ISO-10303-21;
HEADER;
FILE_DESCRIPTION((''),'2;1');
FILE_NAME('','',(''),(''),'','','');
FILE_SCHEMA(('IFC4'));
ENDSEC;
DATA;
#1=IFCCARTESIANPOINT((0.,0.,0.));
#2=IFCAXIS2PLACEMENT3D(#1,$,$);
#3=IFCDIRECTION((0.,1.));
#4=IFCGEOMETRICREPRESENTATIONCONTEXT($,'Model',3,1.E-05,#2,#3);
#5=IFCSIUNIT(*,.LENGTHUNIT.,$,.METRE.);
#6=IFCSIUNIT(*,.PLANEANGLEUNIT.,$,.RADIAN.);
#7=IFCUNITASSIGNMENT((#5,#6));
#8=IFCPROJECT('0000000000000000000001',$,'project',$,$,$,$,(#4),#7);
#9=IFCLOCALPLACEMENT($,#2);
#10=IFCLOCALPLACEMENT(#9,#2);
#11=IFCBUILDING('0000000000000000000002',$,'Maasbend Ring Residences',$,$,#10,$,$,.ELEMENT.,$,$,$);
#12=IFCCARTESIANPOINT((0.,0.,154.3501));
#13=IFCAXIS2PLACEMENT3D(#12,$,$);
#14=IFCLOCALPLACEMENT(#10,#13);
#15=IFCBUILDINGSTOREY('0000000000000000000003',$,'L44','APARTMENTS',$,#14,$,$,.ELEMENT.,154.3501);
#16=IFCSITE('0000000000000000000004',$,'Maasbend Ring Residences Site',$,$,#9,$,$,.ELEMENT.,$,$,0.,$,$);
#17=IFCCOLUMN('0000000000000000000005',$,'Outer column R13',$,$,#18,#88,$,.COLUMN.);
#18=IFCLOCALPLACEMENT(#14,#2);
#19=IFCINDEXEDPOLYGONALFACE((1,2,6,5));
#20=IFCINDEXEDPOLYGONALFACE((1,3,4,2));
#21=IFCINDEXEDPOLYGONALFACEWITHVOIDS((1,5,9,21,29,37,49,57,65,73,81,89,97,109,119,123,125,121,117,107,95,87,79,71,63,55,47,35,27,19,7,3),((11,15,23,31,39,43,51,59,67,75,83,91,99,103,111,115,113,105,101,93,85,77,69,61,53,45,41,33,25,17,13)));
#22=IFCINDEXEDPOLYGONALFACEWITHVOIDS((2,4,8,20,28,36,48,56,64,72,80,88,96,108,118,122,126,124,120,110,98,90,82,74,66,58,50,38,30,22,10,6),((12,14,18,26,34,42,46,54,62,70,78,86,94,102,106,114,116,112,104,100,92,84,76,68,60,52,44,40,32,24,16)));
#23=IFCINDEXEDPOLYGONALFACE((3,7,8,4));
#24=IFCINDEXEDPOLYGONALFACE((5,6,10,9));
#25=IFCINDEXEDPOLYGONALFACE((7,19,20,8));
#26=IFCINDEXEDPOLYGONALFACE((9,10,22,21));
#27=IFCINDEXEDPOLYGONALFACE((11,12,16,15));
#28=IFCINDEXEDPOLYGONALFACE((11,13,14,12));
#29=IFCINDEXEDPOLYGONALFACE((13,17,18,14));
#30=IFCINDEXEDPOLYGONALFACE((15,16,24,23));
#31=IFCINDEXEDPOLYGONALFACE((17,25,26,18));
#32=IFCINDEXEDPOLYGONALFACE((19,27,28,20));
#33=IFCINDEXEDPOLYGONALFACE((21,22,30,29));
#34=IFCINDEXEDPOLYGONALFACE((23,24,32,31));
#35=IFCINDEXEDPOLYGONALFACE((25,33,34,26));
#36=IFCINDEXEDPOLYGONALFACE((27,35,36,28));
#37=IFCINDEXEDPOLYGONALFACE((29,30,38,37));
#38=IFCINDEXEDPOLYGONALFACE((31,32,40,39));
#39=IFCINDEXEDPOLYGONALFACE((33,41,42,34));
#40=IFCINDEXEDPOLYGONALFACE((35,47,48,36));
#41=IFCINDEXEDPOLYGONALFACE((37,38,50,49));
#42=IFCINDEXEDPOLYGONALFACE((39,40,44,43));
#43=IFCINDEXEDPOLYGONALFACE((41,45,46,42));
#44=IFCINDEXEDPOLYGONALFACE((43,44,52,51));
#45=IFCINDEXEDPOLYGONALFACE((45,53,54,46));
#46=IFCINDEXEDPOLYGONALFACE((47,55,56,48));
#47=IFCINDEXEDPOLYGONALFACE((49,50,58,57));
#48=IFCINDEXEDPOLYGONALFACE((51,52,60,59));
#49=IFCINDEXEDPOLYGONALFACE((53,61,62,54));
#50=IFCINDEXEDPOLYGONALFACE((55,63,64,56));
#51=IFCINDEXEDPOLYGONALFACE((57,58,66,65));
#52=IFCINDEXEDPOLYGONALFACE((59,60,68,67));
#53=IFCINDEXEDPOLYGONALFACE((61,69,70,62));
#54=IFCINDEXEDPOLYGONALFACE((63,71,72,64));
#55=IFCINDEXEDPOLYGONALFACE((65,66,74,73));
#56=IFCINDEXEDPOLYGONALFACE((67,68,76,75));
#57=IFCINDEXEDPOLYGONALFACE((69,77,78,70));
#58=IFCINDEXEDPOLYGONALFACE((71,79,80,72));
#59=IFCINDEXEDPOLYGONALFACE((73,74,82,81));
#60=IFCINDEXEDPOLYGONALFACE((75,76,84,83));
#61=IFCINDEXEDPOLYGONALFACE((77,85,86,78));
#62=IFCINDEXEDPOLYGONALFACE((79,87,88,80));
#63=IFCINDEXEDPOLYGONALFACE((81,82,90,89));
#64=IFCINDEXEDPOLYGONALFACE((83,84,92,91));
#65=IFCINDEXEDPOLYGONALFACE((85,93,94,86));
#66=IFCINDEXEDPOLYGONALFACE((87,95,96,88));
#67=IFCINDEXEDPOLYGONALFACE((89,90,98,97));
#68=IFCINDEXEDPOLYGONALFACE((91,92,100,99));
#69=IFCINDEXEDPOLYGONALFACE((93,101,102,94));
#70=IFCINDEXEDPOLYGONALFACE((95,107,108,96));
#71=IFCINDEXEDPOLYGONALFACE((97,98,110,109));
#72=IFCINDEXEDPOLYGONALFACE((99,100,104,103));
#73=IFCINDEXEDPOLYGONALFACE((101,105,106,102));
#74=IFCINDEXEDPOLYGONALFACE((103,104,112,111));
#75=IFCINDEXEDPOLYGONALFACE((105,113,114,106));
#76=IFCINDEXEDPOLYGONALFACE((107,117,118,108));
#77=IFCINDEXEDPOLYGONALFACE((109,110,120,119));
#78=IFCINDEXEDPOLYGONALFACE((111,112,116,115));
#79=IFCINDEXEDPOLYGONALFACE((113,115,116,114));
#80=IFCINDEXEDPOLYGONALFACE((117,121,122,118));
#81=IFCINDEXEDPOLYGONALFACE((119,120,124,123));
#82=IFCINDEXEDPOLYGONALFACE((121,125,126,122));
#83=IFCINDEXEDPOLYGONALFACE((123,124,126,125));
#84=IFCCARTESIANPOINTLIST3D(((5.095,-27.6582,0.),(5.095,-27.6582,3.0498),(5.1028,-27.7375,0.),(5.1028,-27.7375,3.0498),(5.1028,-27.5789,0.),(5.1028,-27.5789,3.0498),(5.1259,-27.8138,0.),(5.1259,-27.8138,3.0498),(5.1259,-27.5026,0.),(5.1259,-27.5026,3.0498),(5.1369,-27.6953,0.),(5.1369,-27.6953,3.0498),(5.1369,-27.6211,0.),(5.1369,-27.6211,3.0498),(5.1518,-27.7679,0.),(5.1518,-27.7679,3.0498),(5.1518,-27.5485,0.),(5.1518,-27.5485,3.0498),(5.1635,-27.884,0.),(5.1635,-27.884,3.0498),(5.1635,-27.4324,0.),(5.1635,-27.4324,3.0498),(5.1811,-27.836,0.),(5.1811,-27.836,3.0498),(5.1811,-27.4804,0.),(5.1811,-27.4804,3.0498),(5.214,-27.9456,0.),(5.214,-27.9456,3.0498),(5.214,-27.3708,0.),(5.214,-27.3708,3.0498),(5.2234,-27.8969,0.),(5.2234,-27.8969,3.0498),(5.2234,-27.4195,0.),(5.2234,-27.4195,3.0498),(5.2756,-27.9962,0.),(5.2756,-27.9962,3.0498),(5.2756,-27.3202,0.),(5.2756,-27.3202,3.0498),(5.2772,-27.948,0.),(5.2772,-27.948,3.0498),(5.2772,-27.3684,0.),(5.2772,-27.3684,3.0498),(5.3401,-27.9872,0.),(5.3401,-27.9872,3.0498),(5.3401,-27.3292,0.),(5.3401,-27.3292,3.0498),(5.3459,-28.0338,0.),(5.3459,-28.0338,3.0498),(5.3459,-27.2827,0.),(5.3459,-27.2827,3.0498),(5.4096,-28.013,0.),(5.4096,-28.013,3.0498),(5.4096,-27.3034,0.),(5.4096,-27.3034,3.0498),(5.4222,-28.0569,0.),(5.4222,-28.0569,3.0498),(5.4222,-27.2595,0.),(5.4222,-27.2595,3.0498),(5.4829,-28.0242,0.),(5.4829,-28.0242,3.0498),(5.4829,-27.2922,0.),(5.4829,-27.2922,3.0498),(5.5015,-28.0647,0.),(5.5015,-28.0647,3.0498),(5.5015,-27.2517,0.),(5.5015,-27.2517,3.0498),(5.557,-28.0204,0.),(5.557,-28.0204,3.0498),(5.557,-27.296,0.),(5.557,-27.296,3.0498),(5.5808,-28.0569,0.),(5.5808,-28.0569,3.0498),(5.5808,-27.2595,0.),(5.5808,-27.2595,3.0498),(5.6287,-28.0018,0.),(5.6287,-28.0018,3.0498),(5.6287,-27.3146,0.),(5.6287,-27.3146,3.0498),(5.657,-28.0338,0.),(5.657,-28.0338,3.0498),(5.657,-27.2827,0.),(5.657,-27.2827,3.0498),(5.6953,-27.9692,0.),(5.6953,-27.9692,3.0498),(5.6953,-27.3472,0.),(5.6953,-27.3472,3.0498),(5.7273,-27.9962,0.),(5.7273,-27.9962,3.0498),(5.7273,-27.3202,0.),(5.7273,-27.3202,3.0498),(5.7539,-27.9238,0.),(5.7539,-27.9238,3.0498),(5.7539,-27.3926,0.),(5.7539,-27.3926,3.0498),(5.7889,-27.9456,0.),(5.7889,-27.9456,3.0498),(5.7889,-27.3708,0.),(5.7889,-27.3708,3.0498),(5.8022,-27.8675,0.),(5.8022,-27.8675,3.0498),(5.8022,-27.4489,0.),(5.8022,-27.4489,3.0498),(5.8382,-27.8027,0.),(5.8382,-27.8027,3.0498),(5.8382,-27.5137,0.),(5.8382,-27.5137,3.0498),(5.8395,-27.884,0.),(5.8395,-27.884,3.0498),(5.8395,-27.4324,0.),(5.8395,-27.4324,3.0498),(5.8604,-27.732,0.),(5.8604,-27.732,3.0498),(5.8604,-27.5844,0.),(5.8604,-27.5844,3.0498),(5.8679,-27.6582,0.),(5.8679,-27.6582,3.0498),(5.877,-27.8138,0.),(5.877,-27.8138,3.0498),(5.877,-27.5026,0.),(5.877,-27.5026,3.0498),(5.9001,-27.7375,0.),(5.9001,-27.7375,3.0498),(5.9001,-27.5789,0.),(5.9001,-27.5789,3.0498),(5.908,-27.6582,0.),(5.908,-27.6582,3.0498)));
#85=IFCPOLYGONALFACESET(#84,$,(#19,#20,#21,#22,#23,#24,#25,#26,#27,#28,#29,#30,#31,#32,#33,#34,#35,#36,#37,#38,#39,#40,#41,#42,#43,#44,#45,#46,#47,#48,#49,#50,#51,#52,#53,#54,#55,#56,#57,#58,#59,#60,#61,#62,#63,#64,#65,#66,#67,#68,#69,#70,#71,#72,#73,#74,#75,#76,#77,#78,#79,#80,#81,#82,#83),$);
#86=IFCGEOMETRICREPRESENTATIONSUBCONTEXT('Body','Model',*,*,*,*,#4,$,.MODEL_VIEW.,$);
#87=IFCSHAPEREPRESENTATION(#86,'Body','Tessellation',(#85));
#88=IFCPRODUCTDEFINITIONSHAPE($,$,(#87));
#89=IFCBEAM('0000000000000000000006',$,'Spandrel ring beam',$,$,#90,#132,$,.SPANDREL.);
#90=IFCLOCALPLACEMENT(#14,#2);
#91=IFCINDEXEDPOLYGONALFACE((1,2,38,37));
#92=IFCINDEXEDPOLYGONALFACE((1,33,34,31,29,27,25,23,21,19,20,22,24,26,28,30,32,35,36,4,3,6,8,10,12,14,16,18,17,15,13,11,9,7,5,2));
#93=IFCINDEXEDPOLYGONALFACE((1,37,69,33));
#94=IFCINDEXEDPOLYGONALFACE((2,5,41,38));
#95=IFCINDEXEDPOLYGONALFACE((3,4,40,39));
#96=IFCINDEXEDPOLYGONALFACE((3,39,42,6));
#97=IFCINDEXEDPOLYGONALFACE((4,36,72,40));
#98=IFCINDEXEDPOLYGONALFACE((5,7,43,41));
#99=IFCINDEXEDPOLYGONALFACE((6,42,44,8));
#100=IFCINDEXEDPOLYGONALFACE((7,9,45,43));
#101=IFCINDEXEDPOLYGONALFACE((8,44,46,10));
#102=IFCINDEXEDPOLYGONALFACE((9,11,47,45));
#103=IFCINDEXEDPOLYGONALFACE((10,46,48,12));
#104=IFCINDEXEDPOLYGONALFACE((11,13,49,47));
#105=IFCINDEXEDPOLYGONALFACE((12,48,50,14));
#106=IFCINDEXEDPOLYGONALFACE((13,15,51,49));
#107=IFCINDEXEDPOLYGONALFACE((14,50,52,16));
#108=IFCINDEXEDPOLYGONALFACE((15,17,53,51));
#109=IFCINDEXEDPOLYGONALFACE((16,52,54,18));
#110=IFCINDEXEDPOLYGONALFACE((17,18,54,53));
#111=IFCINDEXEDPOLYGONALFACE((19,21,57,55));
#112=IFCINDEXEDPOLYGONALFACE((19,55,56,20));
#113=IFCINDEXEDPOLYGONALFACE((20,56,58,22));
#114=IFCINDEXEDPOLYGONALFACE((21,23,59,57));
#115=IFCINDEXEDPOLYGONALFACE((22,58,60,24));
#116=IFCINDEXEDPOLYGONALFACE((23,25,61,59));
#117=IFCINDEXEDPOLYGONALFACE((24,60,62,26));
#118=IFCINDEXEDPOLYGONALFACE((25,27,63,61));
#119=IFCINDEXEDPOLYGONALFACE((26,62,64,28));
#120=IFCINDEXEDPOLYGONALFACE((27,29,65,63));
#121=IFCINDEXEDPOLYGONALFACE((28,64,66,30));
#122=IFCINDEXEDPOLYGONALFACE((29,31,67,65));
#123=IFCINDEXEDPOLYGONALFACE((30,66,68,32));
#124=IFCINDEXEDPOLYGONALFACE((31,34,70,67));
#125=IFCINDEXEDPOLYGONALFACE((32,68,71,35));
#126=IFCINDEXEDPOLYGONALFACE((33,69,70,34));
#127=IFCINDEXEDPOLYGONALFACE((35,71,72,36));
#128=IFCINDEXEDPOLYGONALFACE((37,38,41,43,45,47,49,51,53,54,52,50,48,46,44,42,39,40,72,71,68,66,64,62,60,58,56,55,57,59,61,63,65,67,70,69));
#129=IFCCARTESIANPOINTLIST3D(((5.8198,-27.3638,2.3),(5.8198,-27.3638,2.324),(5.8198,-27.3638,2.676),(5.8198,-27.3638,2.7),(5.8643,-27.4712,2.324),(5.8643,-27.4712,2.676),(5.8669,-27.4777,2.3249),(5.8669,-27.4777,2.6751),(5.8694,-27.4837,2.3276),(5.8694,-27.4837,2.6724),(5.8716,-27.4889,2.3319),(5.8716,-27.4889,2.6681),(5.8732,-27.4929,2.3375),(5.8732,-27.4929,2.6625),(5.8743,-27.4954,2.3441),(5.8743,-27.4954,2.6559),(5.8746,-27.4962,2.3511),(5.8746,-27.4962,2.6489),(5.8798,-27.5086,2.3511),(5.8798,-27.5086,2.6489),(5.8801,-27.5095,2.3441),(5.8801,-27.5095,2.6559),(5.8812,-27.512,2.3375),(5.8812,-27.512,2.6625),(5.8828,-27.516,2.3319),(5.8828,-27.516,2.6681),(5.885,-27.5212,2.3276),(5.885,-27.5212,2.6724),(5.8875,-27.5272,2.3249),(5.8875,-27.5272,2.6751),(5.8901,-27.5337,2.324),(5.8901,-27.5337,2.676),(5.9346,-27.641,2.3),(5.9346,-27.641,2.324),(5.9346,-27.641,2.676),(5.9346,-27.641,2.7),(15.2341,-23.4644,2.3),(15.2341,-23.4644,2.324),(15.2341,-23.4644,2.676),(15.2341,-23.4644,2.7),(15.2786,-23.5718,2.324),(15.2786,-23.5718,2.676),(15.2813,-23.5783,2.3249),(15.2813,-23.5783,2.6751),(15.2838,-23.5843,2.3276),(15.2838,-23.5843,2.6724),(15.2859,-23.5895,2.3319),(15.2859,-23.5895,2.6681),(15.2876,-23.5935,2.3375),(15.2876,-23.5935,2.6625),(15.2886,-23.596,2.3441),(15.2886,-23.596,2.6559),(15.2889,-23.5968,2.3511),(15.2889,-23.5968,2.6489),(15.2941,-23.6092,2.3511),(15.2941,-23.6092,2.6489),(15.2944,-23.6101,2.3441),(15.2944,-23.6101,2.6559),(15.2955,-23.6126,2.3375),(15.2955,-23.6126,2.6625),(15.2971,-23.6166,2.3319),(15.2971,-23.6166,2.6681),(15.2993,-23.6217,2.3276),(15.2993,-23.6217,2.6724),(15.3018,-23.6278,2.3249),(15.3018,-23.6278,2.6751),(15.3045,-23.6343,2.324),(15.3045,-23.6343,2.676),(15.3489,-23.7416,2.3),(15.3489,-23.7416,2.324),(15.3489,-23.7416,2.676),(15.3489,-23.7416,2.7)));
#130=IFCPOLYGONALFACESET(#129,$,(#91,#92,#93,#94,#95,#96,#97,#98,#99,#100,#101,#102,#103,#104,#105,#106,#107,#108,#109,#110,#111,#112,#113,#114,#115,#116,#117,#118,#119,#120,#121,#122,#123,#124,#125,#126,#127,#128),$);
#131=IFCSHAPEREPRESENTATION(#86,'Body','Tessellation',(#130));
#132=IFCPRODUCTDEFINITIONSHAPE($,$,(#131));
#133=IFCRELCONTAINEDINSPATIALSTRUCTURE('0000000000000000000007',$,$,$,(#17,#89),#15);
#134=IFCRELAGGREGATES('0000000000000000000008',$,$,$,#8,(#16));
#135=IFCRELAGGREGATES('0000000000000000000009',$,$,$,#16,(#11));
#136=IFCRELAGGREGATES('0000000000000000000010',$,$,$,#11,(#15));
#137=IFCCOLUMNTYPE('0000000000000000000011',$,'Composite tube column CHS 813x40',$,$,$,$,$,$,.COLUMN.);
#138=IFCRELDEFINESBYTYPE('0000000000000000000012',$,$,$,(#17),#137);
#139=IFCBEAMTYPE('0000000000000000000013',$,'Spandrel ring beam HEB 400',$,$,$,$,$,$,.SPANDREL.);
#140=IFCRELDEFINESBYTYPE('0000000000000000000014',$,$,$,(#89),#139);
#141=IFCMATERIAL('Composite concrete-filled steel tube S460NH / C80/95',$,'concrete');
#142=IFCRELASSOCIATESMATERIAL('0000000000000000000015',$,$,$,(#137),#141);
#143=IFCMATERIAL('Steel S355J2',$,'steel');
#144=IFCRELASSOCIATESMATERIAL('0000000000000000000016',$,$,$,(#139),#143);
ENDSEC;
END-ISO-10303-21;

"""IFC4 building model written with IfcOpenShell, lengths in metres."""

from ifc_helpers import new_model, si_unit, direction, frame, origin, origin_2d, place, context, subcontext, project, spatial, hollow_circle, i_section, extrude, material, material_profile, profile_set, type_object, element, save


model = new_model("IFC4")

# Units and contexts
model_context = context("Model", 3, precision=1e-05, world=origin(), true_north=direction((0.0, 1.0)))
body_context = subcontext(model_context, "Body", "Model", "MODEL_VIEW")
ifc_project = project(units=[si_unit("LENGTHUNIT", "METRE"), si_unit("PLANEANGLEUNIT", "RADIAN")], contexts=[model_context])

# Site, building, storey
site_placement = place(None, origin())
site = spatial("IfcSite", under=ifc_project, at=site_placement, Name="Maasbend Ring Residences Site", CompositionType="ELEMENT", RefElevation=0.0)
building_placement = place(site_placement, origin())
building = spatial("IfcBuilding", under=site, at=building_placement, Name="Maasbend Ring Residences", CompositionType="ELEMENT")
storey_placement = place(building_placement, frame((0.0, 0.0, 154.3501)))
storey = spatial("IfcBuildingStorey", under=building, at=storey_placement, Name="L44", Description="APARTMENTS", CompositionType="ELEMENT", Elevation=154.3501)

# Column
ifc_material_1 = material(Name="Composite concrete-filled steel tube S460NH / C80/95", Category="concrete")
ifc_material_profile_1 = material_profile(ifc_material_1, hollow_circle(Radius=0.4065, WallThickness=0.04, at=origin_2d()), Name="Composite tube column CHS 813x40")
ifc_profile_set_1 = profile_set([ifc_material_profile_1], Name="Composite concrete-filled steel tube S460NH / C80/95")
column_type = type_object("IfcColumnType", Name="Composite tube column CHS 813x40", PredefinedType="COLUMN", material=ifc_profile_set_1)
column_placement = place(storey_placement, frame((5.5015, -27.6582, 0.0), z_axis=(0.0, 0.0, 1.0), x_axis=(1.0, 0.0, 0.0)))
element("IfcColumn", 1, at=column_placement, inside=storey, type_object=column_type, Name="Outer column R13", PredefinedType="COLUMN", context=body_context, shape_type="SweptSolid", body=[
    extrude(hollow_circle(Radius=0.4065, WallThickness=0.04, at=origin_2d()), origin(), (0.0, 0.0, 1.0), 3.0498),
])

# Beam
ifc_material_2 = material(Name="Steel S355J2", Category="steel")
ifc_material_profile_2 = material_profile(ifc_material_2, i_section(OverallWidth=0.3, OverallDepth=0.3999, WebThickness=0.0134, FlangeThickness=0.0239, FilletRadius=0.0271, at=origin_2d()), Name="HEB 400")
ifc_profile_set_2 = profile_set([ifc_material_profile_2], Name="Steel S355J2")
beam_type = type_object("IfcBeamType", Name="Spandrel ring beam HEB 400", PredefinedType="SPANDREL", material=ifc_profile_set_2)
beam_placement = place(storey_placement, frame((5.8772, -27.5024, 2.5), z_axis=(0.923884, 0.382673, 0.0), x_axis=(-0.382673, 0.923884, 0.0)))
element("IfcBeam", 2, at=beam_placement, inside=storey, type_object=beam_type, Name="Spandrel ring beam", PredefinedType="SPANDREL", context=body_context, shape_type="SweptSolid", body=[
    extrude(i_section(OverallWidth=0.3, OverallDepth=0.3999, WebThickness=0.0134, FlangeThickness=0.0239, FilletRadius=0.0271, at=origin_2d()), origin(), (0.0, 0.0, 1.0), 10.1899),
])

save(model, "model.ifc")
